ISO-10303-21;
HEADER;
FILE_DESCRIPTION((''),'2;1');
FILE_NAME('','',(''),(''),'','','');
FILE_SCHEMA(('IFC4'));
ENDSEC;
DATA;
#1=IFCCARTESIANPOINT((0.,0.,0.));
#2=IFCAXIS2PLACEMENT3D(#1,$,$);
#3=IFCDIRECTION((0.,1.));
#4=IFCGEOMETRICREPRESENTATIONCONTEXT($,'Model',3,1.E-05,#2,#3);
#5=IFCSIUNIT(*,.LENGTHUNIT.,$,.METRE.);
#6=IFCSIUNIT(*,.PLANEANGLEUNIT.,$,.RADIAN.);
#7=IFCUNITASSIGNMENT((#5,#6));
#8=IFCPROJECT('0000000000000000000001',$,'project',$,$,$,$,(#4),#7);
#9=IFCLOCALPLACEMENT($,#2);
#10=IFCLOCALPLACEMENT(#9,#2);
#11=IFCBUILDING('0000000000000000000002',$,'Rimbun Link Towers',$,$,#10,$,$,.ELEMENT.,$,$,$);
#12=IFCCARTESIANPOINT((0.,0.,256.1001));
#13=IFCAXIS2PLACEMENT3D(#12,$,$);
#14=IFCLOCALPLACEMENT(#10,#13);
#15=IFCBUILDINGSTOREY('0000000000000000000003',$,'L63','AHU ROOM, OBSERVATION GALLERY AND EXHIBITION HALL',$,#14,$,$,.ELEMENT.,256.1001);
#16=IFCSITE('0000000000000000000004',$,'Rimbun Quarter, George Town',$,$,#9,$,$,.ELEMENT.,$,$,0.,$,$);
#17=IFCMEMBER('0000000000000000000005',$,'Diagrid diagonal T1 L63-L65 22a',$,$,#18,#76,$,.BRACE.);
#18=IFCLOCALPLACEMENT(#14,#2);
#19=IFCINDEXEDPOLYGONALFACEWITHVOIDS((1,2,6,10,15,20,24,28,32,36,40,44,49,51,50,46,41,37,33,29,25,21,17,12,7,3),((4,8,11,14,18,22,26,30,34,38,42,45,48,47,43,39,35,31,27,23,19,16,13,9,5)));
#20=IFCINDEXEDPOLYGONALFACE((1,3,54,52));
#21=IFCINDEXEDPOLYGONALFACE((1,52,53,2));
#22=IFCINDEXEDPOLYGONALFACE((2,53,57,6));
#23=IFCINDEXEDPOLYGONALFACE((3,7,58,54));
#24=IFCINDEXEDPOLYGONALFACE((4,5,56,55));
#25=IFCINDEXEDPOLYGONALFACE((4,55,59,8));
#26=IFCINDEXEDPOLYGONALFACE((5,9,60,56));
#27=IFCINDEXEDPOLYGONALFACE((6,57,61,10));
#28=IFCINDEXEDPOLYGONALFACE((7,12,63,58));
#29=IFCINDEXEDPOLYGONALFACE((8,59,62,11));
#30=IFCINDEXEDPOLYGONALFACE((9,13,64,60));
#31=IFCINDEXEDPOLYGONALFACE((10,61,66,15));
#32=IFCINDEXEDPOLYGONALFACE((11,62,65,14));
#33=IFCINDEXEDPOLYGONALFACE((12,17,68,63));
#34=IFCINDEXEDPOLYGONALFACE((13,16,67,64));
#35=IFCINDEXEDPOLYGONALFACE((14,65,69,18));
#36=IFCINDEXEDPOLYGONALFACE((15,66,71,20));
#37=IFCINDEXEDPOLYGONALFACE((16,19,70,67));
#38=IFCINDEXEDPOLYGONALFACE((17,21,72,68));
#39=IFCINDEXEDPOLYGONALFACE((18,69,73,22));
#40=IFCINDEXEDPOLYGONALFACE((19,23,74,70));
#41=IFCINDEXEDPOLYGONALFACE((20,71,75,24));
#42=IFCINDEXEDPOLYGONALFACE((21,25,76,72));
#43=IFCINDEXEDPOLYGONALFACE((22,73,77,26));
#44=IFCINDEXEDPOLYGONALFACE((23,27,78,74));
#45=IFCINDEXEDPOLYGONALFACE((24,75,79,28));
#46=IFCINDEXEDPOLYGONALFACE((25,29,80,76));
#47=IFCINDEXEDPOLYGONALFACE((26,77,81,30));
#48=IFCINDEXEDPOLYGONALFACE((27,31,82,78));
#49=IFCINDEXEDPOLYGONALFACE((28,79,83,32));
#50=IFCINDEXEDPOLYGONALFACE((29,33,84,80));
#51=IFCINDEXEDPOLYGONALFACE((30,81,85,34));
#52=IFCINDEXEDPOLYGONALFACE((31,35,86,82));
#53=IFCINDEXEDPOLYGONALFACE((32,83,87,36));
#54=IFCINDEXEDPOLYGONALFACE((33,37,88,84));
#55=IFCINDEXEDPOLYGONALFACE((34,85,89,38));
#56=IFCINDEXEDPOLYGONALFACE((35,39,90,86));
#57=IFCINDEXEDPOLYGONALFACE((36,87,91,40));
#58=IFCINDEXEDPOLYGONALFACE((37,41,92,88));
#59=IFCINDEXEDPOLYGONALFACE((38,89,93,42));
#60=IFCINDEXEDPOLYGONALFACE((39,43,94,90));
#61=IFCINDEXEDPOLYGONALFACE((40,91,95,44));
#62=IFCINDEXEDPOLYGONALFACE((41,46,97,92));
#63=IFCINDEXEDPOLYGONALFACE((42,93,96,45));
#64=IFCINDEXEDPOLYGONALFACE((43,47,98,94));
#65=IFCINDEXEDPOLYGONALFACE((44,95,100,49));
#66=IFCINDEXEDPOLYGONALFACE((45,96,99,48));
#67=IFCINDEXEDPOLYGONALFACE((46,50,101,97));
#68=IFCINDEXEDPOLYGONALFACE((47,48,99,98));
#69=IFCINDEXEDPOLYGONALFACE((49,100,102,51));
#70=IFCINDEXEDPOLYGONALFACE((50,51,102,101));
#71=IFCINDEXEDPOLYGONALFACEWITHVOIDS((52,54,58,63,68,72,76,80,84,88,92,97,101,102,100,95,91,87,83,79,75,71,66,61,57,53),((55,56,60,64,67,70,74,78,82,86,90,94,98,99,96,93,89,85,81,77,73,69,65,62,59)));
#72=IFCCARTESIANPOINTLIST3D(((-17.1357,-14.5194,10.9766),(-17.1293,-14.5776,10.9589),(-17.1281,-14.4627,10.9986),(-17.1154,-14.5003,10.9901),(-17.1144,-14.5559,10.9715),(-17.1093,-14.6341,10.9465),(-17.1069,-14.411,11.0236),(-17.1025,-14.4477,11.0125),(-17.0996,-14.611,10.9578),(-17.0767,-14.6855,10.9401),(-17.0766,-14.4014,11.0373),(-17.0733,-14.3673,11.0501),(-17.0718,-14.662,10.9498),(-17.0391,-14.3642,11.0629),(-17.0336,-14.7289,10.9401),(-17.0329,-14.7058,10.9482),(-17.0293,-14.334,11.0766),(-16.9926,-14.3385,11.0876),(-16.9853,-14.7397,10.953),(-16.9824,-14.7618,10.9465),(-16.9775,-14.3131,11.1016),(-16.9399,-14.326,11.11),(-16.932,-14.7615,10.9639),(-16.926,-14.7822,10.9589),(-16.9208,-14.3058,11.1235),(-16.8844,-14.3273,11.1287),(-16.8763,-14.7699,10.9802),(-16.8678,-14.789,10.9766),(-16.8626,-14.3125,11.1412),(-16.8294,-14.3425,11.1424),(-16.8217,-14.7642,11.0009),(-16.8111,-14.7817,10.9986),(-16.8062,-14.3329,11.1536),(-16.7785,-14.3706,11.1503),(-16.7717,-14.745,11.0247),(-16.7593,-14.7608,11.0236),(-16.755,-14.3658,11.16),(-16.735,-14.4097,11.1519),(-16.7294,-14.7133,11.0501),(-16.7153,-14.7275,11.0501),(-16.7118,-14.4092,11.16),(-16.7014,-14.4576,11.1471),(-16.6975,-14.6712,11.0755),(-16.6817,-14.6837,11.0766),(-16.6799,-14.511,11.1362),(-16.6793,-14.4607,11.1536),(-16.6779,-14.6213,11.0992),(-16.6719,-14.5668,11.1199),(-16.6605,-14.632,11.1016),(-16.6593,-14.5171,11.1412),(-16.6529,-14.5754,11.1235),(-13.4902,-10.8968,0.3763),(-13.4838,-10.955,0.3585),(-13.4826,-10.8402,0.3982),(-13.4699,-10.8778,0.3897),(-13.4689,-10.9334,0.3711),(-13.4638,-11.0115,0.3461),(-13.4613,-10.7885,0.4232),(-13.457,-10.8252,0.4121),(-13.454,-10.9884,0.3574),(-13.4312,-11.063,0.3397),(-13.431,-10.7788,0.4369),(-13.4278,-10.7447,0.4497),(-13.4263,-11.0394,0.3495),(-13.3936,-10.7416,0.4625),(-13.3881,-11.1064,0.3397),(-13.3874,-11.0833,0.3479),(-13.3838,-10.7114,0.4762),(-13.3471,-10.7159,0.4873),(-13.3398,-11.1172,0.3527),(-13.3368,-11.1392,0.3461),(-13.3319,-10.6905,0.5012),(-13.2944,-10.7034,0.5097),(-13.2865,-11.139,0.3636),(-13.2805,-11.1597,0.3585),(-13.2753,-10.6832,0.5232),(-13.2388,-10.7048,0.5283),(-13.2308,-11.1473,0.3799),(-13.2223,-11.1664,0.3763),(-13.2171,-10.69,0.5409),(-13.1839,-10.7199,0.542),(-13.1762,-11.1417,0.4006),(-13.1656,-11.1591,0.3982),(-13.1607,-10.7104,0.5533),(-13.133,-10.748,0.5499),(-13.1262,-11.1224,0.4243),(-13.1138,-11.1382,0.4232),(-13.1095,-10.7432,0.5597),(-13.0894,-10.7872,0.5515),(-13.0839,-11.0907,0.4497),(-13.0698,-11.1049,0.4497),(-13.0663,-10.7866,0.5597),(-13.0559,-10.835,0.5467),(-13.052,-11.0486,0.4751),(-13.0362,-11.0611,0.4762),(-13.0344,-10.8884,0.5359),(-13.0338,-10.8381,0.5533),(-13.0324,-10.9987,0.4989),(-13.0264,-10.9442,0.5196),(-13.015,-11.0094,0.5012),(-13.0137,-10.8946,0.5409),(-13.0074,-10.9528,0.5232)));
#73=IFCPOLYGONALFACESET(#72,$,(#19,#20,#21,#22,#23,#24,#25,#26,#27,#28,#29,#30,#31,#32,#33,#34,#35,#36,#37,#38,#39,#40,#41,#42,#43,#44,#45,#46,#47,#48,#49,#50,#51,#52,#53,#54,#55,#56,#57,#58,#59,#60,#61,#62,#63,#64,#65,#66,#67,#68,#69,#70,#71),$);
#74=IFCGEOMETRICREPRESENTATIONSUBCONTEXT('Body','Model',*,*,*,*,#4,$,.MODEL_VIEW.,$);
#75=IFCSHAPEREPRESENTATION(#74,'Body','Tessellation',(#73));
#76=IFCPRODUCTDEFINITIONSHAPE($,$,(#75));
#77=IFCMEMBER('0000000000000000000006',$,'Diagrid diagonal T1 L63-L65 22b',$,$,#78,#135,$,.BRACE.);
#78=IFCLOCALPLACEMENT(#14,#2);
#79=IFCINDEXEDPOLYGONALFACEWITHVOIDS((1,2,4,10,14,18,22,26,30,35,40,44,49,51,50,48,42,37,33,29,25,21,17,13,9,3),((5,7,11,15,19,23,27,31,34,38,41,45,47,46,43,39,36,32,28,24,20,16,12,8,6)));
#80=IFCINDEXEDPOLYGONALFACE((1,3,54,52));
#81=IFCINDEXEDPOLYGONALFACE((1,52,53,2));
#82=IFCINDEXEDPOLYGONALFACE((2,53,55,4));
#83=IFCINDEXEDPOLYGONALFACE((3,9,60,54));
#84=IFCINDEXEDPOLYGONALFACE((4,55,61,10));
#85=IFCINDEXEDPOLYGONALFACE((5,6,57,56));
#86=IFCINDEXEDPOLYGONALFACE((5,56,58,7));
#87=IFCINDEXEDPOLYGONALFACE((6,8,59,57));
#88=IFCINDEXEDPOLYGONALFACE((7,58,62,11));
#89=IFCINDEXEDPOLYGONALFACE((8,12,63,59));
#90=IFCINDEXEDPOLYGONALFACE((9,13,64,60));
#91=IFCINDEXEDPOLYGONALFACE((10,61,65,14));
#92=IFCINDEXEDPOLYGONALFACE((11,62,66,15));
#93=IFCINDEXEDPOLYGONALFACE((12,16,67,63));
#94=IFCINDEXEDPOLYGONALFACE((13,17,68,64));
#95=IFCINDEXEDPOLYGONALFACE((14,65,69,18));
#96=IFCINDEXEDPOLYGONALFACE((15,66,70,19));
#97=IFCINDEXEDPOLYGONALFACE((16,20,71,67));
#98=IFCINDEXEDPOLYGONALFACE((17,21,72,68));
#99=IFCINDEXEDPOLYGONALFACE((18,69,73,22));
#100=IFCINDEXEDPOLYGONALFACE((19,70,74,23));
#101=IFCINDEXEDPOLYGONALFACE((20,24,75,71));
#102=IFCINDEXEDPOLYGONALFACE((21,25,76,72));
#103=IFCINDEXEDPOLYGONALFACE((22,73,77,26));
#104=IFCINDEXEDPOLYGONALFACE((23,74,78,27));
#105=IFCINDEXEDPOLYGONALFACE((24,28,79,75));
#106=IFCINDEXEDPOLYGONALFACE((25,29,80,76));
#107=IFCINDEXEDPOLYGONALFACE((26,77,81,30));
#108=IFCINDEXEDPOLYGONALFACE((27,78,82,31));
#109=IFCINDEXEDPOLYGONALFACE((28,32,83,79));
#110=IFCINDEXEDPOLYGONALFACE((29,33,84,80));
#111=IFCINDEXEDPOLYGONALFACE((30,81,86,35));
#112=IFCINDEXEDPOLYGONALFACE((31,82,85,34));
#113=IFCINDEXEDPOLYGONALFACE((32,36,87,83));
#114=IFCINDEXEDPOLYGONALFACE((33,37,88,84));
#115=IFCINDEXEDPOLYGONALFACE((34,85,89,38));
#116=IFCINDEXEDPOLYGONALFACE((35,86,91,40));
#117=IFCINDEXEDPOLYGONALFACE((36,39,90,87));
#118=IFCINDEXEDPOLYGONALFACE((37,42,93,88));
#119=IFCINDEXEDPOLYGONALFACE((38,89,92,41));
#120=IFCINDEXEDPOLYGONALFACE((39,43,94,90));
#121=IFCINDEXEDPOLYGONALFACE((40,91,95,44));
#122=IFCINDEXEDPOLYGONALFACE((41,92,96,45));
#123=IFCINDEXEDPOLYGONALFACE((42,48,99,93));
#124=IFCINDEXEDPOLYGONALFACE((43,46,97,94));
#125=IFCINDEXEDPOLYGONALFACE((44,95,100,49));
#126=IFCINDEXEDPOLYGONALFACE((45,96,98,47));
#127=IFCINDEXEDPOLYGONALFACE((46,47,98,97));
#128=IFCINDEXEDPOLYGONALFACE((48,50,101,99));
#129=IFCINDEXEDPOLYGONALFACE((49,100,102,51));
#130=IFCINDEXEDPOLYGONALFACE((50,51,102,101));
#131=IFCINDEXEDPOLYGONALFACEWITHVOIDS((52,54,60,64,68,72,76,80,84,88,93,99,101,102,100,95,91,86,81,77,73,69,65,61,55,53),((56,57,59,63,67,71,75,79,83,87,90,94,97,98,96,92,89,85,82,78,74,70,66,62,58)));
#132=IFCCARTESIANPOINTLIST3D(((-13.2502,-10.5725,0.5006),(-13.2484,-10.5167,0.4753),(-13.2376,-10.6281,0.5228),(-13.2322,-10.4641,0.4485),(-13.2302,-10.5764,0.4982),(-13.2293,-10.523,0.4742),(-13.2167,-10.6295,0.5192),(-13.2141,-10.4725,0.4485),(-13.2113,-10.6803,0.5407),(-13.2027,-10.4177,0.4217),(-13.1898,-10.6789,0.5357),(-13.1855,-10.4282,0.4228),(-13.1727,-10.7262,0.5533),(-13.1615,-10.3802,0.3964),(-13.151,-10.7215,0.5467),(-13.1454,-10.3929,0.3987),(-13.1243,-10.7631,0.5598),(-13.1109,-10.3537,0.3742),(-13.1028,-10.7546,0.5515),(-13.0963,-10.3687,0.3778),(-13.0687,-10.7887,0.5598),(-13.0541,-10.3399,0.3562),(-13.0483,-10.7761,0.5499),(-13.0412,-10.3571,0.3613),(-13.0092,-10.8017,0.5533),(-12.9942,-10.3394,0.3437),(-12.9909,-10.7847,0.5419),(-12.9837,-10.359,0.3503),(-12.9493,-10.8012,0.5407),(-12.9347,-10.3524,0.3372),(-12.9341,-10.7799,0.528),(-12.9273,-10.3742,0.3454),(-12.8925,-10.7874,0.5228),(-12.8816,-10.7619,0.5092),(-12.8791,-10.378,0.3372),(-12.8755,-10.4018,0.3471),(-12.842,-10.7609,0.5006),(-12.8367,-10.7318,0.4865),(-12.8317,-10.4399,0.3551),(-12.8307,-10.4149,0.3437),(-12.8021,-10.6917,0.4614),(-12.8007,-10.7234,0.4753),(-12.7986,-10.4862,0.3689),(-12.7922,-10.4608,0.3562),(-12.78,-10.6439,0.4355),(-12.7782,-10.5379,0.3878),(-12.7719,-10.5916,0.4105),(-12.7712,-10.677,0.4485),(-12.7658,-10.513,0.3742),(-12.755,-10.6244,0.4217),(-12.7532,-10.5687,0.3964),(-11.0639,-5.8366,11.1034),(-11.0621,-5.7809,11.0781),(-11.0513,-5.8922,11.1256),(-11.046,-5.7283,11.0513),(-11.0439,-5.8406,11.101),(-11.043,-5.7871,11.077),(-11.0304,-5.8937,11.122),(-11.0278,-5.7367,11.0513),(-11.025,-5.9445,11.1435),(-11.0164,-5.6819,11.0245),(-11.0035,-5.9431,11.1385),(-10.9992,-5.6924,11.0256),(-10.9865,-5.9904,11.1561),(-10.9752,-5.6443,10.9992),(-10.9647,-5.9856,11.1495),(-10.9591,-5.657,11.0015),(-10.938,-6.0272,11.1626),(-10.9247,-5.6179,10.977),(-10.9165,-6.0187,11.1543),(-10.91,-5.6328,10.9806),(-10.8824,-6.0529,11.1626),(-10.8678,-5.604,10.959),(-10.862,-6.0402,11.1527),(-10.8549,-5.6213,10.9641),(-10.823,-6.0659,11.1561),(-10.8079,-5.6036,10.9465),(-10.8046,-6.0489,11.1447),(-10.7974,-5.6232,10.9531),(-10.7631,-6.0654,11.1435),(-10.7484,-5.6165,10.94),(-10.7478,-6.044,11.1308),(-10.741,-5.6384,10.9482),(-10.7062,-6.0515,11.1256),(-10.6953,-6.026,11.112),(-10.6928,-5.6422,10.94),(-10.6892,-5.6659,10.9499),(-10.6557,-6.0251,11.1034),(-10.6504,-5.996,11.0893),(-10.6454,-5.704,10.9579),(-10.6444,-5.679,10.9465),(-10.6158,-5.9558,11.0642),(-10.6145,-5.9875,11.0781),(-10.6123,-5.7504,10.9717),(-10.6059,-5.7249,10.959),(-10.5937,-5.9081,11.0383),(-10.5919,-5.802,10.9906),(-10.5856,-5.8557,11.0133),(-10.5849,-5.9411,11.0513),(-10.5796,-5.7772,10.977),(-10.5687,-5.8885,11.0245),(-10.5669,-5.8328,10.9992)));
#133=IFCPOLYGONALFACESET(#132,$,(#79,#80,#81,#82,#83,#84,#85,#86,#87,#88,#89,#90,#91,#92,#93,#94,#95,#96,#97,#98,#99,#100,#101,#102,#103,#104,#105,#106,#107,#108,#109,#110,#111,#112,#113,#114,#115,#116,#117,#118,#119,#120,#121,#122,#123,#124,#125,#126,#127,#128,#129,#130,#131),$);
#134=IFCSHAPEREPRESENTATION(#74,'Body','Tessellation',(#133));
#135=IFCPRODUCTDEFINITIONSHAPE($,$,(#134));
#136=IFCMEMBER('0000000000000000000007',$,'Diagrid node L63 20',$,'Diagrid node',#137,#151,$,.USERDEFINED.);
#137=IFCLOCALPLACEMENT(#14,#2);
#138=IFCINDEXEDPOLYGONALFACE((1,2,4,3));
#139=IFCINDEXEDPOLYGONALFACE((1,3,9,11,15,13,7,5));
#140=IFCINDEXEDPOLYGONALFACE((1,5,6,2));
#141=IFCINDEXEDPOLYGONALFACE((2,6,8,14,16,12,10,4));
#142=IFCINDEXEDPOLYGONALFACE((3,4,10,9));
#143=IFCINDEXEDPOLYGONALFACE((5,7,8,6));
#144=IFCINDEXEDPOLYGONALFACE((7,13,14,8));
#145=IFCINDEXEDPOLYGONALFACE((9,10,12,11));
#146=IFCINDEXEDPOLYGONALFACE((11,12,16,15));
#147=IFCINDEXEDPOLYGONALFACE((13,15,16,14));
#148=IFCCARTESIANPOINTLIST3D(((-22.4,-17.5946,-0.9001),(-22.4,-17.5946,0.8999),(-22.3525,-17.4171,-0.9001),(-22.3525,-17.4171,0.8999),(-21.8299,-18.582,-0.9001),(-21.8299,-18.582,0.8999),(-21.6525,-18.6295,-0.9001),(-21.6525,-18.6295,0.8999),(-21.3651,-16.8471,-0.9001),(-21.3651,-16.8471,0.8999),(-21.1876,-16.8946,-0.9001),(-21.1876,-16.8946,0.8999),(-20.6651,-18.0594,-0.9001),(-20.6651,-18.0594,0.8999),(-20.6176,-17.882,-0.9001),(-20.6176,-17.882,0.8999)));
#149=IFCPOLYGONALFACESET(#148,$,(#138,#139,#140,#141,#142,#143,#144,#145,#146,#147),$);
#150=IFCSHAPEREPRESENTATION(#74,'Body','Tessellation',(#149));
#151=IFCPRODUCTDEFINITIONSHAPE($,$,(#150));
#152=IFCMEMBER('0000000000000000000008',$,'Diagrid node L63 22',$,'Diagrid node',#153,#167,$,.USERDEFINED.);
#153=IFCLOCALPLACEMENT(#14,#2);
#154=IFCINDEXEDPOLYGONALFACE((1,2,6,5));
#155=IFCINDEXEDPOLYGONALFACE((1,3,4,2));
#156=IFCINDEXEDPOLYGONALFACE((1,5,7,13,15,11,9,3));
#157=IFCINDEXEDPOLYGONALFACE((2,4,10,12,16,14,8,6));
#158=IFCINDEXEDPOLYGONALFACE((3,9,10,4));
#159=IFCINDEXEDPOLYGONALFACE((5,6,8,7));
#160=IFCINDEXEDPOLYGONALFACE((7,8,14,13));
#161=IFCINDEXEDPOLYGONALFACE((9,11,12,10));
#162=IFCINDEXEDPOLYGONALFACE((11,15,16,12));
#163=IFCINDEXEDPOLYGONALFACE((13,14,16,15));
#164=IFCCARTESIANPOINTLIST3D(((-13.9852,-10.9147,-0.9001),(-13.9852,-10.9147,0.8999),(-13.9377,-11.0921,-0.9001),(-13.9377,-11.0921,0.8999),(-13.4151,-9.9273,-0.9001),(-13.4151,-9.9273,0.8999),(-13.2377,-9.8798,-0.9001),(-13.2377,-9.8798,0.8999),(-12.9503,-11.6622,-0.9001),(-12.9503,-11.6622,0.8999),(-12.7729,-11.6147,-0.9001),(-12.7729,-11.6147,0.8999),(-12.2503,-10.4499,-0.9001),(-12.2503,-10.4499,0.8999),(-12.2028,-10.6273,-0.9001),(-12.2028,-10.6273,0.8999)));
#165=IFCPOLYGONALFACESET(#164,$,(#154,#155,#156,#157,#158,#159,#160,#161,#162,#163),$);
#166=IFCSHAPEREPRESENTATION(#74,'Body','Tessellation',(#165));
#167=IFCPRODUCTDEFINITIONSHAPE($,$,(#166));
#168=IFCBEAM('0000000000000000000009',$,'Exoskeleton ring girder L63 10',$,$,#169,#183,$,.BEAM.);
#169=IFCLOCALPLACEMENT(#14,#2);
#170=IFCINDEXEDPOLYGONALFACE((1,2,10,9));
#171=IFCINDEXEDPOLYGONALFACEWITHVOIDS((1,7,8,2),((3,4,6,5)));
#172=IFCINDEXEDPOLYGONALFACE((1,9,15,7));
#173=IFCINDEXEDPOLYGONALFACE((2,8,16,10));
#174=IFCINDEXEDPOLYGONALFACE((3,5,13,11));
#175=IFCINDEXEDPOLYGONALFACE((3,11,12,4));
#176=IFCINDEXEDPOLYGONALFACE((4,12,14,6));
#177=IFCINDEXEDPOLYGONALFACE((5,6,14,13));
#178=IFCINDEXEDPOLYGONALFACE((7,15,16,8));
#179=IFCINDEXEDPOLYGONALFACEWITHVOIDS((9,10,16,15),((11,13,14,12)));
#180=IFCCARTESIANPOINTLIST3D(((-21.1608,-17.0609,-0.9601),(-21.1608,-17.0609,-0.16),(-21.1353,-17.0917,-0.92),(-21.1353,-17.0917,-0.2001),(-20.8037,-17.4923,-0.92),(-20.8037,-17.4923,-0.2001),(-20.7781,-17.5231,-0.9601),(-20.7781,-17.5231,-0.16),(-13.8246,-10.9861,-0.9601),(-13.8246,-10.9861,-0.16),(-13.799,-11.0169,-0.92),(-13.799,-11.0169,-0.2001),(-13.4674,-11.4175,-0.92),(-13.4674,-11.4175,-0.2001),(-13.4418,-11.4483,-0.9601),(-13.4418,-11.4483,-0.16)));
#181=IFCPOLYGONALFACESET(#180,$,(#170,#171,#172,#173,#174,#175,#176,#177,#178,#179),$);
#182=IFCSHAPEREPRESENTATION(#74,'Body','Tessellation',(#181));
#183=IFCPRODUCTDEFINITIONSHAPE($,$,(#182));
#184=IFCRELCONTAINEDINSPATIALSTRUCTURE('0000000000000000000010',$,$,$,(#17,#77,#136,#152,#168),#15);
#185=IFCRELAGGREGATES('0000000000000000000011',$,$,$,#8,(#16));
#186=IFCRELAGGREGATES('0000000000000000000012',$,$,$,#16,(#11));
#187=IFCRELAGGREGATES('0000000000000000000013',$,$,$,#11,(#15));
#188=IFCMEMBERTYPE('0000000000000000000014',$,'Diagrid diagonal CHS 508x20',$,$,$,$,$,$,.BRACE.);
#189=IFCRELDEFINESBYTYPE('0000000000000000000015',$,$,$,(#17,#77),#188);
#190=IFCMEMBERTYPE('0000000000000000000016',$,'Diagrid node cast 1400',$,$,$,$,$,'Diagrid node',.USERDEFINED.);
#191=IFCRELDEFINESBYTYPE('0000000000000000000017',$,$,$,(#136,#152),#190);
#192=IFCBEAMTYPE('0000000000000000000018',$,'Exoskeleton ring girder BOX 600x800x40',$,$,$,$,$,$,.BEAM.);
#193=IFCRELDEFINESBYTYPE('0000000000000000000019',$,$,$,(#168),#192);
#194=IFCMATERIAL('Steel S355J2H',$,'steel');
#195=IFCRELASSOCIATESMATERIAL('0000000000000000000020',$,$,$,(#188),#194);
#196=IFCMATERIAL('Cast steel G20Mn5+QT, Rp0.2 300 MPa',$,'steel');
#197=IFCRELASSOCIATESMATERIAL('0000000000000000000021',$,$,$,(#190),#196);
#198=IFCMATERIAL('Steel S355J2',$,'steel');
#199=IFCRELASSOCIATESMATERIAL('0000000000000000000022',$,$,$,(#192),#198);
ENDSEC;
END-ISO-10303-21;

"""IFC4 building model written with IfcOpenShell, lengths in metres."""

from ifc_helpers import new_model, si_unit, direction, frame, origin, origin_2d, place, context, subcontext, project, spatial, polyline, hollow_rectangle, hollow_circle, outline, extrude, material, material_profile, profile_set, type_object, element, save


model = new_model("IFC4")

# Units and contexts
model_context = context("Model", 3, precision=1e-05, world=origin(), true_north=direction((0.0, 1.0)))
body_context = subcontext(model_context, "Body", "Model", "MODEL_VIEW")
ifc_project = project(units=[si_unit("LENGTHUNIT", "METRE"), si_unit("PLANEANGLEUNIT", "RADIAN")], contexts=[model_context])

# Site, building, storey
site_placement = place(None, origin())
site = spatial("IfcSite", under=ifc_project, at=site_placement, Name="Rimbun Quarter, George Town", CompositionType="ELEMENT", RefElevation=0.0)
building_placement = place(site_placement, origin())
building = spatial("IfcBuilding", under=site, at=building_placement, Name="Rimbun Link Towers", CompositionType="ELEMENT")
storey_placement = place(building_placement, frame((0.0, 0.0, 256.1001)))
storey = spatial("IfcBuildingStorey", under=building, at=storey_placement, Name="L63", Description="AHU ROOM, OBSERVATION GALLERY AND EXHIBITION HALL", CompositionType="ELEMENT", Elevation=256.1001)

# Members
ifc_material_1 = material(Name="Steel S355J2H", Category="steel")
ifc_material_profile_1 = material_profile(ifc_material_1, hollow_circle(Radius=0.2539, WallThickness=0.02, at=origin_2d()), Name="Diagrid diagonal CHS 508x20")
ifc_profile_set_1 = profile_set([ifc_material_profile_1], Name="Steel S355J2H")
member_type_1 = type_object("IfcMemberType", Name="Diagrid diagonal CHS 508x20", PredefinedType="BRACE", material=ifc_profile_set_1)
member_1_placement = place(storey_placement, frame((-13.2488, -10.9248, 0.4497), z_axis=(-0.309453, -0.307505, 0.899822), x_axis=(0.704871, -0.709336, 0.0)))
element("IfcMember", 1, at=member_1_placement, inside=storey, type_object=member_type_1, Name="Diagrid diagonal T1 L63-L65 22a", PredefinedType="BRACE", context=body_context, shape_type="SweptSolid", body=[
    extrude(hollow_circle(Radius=0.2539, WallThickness=0.02, at=origin_2d()), origin(), (0.0, 0.0, 1.0), 11.7805),
])
member_2_placement = place(storey_placement, frame((-13.0017, -10.5706, 0.4485), z_axis=(0.185021, 0.400786, 0.897295), x_axis=(-0.907922, 0.419138, 0.0)))
element("IfcMember", 2, at=member_2_placement, inside=storey, type_object=member_type_1, Name="Diagrid diagonal T1 L63-L65 22b", PredefinedType="BRACE", context=body_context, shape_type="SweptSolid", body=[
    extrude(hollow_circle(Radius=0.2539, WallThickness=0.02, at=origin_2d()), origin(), (0.0, 0.0, 1.0), 11.8164),
])
ifc_material_2 = material(Name="Cast steel G20Mn5+QT, Rp0.2 300 MPa", Category="steel")
ifc_material_profile_2 = material_profile(ifc_material_2, outline(polyline([(0.7, -0.5701), (0.7, 0.5701), (0.5701, 0.7), (-0.5701, 0.7), (-0.7, 0.5701), (-0.7, -0.5701), (-0.5701, -0.7), (0.5701, -0.7), (0.7, -0.5701)])), Name="NODE 1400x1400")
ifc_profile_set_2 = profile_set([ifc_material_profile_2], Name="Cast steel G20Mn5+QT, Rp0.2 300 MPa")
member_type_2 = type_object("IfcMemberType", Name="Diagrid node cast 1400", ElementType="Diagrid node", PredefinedType="USERDEFINED", material=ifc_profile_set_2)
for number, where, z_axis, x_axis, name in (
    (3, (-21.5088, -17.7383, -0.9001), (0.0, 0.0, 1.0), (0.5, -0.866025, 0.0), "Diagrid node L63 20"),
    (4, (-13.094, -10.771, -0.9001), (0.0, 0.0, 1.0), (0.866025, -0.5, 0.0), "Diagrid node L63 22"),
):
    element("IfcMember", number, at=place(storey_placement, frame(where, z_axis=z_axis, x_axis=x_axis)), inside=storey, type_object=member_type_2, Name=name, ObjectType="Diagrid node", PredefinedType="USERDEFINED", context=body_context, shape_type="SweptSolid", body=[
        extrude(outline(polyline([(0.7, -0.5701), (0.7, 0.5701), (0.5701, 0.7), (-0.5701, 0.7), (-0.7, 0.5701), (-0.7, -0.5701), (-0.5701, -0.7), (0.5701, -0.7), (0.7, -0.5701)])), origin(), (0.0, 0.0, 1.0), 1.8),
    ])

# Beam
ifc_material_3 = material(Name="Steel S355J2", Category="steel")
ifc_material_profile_3 = material_profile(ifc_material_3, hollow_rectangle(XDim=0.6001, YDim=0.8, WallThickness=0.04, at=origin_2d()), Name="Exoskeleton ring girder BOX 600x800x40")
ifc_profile_set_3 = profile_set([ifc_material_profile_3], Name="Steel S355J2")
beam_type_1 = type_object("IfcBeamType", Name="Exoskeleton ring girder BOX 600x800x40", PredefinedType="BEAM", material=ifc_profile_set_3)
beam_1_placement = place(storey_placement, frame((-20.9695, -17.292, -0.5601), z_axis=(0.77022, 0.637779, 0.0), x_axis=(-0.637779, 0.77022, 0.0)))
element("IfcBeam", 5, at=beam_1_placement, inside=storey, type_object=beam_type_1, Name="Exoskeleton ring girder L63 10", PredefinedType="BEAM", context=body_context, shape_type="SweptSolid", body=[
    extrude(hollow_rectangle(XDim=0.6001, YDim=0.8, WallThickness=0.04, at=origin_2d()), origin(), (0.0, 0.0, 1.0), 9.5249),
])

save(model, "model.ifc")
